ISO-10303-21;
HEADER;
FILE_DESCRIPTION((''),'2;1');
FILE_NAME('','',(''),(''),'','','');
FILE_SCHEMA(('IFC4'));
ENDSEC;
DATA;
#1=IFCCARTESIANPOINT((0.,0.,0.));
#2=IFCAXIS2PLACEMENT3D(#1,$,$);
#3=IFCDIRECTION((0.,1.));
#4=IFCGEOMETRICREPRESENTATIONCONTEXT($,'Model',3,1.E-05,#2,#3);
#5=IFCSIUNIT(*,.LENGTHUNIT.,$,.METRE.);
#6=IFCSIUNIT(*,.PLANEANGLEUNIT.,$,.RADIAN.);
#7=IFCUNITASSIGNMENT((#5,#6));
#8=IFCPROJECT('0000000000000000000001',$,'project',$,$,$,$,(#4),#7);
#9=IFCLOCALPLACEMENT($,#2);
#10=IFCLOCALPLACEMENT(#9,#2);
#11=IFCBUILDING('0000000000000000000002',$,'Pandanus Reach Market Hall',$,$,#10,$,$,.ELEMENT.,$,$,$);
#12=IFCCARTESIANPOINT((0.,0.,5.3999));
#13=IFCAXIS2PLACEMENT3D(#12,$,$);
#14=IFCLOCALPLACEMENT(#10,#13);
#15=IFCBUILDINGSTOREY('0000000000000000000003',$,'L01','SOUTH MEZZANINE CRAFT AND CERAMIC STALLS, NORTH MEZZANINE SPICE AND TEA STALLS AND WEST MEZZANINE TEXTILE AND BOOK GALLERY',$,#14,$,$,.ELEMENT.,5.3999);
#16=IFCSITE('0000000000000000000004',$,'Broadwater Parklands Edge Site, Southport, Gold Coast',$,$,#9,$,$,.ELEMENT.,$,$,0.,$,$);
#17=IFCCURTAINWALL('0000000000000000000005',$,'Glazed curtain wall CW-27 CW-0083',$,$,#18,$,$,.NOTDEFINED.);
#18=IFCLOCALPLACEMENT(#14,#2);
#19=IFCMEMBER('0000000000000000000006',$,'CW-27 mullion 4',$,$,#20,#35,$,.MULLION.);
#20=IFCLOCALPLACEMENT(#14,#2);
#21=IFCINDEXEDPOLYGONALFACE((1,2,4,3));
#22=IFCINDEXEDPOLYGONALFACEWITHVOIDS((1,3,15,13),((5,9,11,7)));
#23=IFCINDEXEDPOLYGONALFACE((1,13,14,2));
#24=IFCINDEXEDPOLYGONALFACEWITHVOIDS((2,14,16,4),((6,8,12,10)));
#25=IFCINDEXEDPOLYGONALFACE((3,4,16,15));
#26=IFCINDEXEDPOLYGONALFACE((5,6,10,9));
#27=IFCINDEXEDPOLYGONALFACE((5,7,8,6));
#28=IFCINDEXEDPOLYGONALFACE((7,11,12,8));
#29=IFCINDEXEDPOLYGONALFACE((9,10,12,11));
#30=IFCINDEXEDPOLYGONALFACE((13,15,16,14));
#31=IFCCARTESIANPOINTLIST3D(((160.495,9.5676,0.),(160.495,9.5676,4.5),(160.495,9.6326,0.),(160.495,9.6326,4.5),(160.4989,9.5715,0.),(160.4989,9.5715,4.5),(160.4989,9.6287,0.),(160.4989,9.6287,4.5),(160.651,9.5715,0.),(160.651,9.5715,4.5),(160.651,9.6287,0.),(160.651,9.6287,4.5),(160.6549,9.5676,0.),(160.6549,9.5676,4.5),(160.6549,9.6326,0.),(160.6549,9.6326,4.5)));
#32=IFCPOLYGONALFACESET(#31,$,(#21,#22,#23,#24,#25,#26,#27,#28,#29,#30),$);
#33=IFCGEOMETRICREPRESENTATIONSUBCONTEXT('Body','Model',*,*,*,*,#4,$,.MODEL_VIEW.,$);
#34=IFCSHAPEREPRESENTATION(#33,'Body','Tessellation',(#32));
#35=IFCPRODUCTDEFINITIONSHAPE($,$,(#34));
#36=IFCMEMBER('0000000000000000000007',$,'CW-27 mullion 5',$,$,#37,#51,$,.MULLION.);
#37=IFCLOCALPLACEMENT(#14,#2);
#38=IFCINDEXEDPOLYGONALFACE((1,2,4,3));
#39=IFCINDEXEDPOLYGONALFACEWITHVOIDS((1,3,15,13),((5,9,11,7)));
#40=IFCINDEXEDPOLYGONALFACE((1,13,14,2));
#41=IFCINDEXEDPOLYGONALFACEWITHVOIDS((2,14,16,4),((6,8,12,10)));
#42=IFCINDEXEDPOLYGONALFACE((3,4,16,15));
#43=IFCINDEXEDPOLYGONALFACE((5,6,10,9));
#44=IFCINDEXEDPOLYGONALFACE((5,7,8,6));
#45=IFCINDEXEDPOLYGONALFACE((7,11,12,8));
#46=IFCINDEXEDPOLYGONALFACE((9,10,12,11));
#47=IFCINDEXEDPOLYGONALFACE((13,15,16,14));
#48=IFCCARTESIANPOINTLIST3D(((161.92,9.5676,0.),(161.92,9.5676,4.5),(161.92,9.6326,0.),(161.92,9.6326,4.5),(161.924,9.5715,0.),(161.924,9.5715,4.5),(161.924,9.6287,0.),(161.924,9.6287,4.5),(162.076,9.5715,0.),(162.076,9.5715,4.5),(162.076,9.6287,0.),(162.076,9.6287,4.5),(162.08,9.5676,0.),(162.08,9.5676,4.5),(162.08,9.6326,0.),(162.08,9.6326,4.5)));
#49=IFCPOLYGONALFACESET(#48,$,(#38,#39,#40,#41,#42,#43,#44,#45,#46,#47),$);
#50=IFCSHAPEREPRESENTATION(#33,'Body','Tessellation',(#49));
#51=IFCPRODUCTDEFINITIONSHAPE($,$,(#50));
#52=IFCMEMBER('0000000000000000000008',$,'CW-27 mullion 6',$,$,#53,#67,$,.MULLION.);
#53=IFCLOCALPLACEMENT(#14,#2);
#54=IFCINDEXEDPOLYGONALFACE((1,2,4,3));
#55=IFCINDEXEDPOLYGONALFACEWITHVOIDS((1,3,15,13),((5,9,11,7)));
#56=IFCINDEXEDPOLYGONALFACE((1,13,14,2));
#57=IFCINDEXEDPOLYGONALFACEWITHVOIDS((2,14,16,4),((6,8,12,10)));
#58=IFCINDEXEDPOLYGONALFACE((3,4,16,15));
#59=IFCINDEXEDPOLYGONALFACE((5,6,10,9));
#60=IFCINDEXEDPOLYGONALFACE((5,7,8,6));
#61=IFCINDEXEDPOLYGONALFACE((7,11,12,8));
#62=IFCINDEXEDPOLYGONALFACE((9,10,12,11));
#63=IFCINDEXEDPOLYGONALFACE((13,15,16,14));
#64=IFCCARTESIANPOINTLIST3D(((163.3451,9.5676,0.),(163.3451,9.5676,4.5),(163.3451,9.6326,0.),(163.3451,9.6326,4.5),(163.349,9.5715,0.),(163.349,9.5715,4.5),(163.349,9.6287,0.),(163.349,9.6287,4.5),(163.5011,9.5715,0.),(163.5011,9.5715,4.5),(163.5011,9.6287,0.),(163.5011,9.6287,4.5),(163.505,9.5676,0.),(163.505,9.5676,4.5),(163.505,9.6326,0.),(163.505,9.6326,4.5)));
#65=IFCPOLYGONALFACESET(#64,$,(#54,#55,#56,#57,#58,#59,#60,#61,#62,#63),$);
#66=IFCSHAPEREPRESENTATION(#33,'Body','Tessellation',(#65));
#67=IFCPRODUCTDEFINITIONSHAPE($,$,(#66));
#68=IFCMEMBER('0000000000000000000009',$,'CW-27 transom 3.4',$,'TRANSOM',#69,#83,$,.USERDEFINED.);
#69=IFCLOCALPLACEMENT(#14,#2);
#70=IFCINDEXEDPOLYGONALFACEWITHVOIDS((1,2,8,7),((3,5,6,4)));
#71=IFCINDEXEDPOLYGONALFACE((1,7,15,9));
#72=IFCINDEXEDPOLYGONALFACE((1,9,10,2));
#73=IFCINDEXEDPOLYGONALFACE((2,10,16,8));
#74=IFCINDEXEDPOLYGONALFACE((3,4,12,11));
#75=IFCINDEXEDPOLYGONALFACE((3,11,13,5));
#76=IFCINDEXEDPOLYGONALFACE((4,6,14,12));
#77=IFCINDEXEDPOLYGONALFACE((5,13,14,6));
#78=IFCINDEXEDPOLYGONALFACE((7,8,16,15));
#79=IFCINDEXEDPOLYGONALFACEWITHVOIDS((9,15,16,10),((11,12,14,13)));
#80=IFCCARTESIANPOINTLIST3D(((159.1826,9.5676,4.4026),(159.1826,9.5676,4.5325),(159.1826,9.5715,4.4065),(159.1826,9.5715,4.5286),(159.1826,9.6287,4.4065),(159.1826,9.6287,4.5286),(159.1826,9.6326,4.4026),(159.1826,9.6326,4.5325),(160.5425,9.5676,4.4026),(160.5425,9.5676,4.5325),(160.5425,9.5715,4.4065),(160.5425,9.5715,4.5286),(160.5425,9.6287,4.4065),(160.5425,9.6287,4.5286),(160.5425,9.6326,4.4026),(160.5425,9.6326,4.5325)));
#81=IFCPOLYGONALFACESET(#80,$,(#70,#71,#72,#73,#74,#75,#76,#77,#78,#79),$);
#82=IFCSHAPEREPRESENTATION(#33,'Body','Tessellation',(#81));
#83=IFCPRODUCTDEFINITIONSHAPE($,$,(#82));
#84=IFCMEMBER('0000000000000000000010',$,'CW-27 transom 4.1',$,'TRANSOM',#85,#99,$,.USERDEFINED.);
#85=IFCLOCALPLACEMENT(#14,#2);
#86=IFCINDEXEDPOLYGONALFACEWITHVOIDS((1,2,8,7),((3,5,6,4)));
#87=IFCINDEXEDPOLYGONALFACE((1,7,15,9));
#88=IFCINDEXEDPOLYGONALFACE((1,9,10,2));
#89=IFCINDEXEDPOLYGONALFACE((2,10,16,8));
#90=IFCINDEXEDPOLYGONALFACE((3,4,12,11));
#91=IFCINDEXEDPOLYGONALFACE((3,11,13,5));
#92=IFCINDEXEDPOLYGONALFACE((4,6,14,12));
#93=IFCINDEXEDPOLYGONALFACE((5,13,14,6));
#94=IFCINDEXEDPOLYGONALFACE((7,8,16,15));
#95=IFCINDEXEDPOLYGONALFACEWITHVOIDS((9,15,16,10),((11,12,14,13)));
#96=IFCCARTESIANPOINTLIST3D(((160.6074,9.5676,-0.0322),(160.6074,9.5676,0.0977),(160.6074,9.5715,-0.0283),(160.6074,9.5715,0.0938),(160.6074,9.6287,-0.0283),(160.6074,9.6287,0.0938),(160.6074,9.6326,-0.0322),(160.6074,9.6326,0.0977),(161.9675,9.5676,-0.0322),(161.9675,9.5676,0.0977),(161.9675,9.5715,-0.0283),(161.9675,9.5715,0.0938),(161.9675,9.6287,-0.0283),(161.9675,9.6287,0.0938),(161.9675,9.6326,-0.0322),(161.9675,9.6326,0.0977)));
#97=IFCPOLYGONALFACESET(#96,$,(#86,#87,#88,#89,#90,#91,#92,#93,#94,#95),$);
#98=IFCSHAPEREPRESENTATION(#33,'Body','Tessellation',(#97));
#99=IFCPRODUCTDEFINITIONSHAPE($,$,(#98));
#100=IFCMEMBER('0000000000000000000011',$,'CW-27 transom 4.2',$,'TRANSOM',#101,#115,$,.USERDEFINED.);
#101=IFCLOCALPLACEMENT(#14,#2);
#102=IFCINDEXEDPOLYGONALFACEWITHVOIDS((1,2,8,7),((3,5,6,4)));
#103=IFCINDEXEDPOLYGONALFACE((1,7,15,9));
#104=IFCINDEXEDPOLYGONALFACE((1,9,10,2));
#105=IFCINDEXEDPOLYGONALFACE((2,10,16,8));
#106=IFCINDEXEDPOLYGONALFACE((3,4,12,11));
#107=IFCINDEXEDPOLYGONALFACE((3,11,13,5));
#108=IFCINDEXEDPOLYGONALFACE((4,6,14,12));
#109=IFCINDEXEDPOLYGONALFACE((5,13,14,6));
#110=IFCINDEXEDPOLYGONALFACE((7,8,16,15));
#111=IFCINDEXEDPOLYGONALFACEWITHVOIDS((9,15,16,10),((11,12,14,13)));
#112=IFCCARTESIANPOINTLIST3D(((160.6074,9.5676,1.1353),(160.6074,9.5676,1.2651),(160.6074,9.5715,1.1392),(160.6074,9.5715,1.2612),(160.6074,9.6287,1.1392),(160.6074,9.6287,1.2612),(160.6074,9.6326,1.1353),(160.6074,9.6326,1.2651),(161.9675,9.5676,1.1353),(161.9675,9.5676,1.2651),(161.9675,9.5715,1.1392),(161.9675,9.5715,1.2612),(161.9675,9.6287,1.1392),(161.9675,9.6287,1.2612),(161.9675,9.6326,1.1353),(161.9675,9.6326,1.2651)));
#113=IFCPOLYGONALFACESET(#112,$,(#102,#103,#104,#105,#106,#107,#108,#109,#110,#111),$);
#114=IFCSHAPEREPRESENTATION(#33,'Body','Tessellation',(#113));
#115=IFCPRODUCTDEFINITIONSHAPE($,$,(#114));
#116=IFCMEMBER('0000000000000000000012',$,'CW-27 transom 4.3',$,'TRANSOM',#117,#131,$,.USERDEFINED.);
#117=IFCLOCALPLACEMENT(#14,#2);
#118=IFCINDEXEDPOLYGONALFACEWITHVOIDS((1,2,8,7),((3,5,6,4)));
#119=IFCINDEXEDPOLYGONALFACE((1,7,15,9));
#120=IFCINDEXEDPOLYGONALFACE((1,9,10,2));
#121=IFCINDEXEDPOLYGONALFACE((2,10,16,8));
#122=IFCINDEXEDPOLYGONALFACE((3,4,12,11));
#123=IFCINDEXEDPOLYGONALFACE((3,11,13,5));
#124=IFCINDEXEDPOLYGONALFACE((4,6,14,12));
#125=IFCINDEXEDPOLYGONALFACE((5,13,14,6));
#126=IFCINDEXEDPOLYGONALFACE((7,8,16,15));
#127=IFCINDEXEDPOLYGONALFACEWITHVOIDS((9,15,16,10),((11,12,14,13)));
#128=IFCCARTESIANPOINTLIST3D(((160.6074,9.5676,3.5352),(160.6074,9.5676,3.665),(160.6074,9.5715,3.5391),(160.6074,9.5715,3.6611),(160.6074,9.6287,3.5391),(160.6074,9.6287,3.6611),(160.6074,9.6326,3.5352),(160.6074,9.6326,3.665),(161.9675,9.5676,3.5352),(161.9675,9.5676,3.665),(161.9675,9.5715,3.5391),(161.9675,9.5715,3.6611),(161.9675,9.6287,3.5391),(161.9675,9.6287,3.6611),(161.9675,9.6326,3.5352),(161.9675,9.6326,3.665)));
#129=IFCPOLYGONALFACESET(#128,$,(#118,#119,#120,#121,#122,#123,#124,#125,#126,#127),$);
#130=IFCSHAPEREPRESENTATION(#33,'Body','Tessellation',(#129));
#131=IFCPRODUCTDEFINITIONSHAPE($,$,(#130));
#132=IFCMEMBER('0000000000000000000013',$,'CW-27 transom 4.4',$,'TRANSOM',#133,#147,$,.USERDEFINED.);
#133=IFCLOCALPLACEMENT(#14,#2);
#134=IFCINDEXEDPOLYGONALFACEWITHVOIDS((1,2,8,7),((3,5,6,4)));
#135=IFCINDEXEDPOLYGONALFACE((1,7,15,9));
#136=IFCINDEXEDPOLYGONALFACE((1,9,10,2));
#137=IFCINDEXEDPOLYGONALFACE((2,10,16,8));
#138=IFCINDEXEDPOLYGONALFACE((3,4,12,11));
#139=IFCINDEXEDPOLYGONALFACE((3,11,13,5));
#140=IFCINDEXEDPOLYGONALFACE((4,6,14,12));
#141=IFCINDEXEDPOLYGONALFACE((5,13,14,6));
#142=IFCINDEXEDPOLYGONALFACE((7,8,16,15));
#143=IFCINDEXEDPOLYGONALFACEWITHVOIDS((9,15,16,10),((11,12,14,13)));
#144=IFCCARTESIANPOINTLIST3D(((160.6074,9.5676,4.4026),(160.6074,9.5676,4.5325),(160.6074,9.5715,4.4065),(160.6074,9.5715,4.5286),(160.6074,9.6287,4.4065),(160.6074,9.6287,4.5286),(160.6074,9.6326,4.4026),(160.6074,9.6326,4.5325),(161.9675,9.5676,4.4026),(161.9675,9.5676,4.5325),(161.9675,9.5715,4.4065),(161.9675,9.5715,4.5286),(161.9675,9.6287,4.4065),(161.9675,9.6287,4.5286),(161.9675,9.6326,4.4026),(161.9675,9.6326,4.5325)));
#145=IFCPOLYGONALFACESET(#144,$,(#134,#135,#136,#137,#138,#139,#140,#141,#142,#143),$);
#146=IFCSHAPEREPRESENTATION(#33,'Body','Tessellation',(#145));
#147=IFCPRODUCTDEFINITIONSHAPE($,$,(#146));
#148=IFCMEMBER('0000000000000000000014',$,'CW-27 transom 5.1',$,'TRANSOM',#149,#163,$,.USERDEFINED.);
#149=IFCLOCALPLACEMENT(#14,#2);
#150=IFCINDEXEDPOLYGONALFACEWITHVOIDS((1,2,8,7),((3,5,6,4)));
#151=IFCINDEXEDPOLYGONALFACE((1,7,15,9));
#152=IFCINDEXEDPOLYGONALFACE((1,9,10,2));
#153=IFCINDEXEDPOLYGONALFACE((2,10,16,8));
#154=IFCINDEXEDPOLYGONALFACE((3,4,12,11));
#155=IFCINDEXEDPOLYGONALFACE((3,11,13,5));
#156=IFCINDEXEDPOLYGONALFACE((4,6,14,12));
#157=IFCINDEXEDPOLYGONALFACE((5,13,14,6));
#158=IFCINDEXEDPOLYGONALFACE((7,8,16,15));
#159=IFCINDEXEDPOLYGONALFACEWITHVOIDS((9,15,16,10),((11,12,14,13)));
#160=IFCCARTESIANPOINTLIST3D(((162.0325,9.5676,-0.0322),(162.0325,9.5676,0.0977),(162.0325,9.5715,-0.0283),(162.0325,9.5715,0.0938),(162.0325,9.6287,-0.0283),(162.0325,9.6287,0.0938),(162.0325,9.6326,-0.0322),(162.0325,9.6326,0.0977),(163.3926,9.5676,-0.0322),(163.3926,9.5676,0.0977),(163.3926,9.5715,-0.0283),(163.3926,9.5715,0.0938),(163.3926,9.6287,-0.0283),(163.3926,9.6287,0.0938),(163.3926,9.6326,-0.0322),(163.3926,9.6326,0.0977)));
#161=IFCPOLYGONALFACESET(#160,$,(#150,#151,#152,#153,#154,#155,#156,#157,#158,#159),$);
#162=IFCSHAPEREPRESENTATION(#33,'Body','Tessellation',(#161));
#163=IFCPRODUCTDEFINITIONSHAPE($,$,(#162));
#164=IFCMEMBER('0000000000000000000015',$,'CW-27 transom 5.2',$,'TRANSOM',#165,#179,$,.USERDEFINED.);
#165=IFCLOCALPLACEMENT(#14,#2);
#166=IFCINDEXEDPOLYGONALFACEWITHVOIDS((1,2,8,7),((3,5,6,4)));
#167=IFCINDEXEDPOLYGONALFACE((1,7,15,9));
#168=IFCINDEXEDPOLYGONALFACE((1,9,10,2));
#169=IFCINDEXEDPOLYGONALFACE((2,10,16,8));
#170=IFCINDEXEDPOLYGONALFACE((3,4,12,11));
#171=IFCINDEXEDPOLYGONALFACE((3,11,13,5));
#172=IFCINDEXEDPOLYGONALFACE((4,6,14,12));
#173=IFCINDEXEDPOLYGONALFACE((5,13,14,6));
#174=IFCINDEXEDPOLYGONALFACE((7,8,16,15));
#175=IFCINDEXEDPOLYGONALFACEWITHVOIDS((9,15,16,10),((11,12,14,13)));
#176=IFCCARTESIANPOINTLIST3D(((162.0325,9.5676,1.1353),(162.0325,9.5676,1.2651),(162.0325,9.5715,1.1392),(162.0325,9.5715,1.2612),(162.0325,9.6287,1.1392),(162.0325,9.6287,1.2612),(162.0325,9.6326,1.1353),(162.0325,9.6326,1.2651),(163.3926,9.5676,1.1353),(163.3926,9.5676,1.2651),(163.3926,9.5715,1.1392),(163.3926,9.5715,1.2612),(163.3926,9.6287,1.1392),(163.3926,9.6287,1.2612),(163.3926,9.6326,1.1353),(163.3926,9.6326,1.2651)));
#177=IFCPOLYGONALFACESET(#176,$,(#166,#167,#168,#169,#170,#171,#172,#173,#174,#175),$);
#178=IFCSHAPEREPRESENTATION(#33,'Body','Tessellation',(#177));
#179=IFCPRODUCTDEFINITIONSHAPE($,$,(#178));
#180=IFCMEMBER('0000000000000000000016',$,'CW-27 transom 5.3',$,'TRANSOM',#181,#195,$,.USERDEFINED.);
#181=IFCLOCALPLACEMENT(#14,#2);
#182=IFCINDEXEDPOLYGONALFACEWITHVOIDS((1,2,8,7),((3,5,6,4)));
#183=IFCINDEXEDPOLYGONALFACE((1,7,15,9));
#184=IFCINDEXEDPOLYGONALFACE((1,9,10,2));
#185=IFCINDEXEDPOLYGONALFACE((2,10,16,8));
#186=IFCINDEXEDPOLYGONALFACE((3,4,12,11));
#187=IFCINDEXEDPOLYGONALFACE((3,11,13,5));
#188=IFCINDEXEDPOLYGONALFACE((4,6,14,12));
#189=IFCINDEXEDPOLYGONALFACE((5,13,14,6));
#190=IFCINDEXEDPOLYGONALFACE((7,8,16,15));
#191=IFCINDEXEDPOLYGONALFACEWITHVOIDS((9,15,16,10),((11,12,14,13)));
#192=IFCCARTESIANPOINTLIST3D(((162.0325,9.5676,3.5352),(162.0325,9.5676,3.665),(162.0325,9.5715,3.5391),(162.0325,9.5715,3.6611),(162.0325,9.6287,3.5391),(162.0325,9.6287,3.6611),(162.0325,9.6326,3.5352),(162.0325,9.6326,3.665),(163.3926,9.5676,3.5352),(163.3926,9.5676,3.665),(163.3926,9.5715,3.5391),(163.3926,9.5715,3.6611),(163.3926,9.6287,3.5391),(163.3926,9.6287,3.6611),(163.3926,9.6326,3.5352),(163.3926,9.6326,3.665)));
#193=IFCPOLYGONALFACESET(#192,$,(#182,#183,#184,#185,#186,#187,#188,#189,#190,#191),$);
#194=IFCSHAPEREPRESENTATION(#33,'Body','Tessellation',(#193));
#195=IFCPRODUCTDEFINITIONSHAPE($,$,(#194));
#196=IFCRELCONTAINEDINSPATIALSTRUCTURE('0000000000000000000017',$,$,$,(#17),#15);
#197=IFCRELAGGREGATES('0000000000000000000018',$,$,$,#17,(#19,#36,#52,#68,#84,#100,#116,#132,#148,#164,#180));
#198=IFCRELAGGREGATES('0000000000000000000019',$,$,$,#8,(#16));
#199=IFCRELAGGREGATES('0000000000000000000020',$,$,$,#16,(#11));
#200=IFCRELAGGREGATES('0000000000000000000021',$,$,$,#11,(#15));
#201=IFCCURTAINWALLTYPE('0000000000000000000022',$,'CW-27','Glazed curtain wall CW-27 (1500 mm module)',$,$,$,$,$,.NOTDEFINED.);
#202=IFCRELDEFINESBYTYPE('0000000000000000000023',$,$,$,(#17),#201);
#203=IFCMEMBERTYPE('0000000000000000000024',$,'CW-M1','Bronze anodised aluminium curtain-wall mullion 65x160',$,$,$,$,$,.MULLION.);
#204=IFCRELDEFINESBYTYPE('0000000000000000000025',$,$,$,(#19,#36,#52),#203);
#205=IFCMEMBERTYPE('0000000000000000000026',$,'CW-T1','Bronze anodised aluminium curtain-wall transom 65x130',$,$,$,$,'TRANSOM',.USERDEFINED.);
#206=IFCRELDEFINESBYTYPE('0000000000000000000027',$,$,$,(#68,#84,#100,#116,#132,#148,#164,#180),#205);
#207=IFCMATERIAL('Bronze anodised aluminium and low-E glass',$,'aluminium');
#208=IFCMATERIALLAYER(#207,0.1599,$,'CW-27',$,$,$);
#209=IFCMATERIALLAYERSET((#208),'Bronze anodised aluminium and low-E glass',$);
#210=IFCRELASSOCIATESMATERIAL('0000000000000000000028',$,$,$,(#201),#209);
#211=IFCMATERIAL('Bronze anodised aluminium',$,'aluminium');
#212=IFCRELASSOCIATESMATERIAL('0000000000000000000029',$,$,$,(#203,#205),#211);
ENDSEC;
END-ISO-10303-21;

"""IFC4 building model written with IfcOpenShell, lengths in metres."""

from ifc_helpers import new_model, si_unit, direction, frame, origin, origin_2d, place, context, subcontext, project, spatial, hollow_rectangle, extrude, material, layer, layer_set, material_profile, profile_set, type_object, element, aggregate, save


model = new_model("IFC4")

# Units and contexts
model_context = context("Model", 3, precision=1e-05, world=origin(), true_north=direction((0.0, 1.0)))
body_context = subcontext(model_context, "Body", "Model", "MODEL_VIEW")
ifc_project = project(units=[si_unit("LENGTHUNIT", "METRE"), si_unit("PLANEANGLEUNIT", "RADIAN")], contexts=[model_context])

# Site, building, storey
site_placement = place(None, origin())
site = spatial("IfcSite", under=ifc_project, at=site_placement, Name="Broadwater Parklands Edge Site, Southport, Gold Coast", CompositionType="ELEMENT", RefElevation=0.0)
building_placement = place(site_placement, origin())
building = spatial("IfcBuilding", under=site, at=building_placement, Name="Pandanus Reach Market Hall", CompositionType="ELEMENT")
storey_placement = place(building_placement, frame((0.0, 0.0, 5.3999)))
storey = spatial("IfcBuildingStorey", under=building, at=storey_placement, Name="L01", Description="SOUTH MEZZANINE CRAFT AND CERAMIC STALLS, NORTH MEZZANINE SPICE AND TEA STALLS AND WEST MEZZANINE TEXTILE AND BOOK GALLERY", CompositionType="ELEMENT", Elevation=5.3999)

# Curtain wall, members
ifc_material_1 = material(Name="Bronze anodised aluminium and low-E glass", Category="aluminium")
ifc_layer_1 = layer(ifc_material_1, 0.1599, Name="CW-27")
ifc_layer_set_1 = layer_set([ifc_layer_1], Name="Bronze anodised aluminium and low-E glass")
curtain_wall_type = type_object("IfcCurtainWallType", Name="CW-27", Description="Glazed curtain wall CW-27 (1500 mm module)", PredefinedType="NOTDEFINED", material=ifc_layer_set_1)
curtain_wall_placement = place(storey_placement, origin())
curtain_wall = element("IfcCurtainWall", 1, at=curtain_wall_placement, inside=storey, type_object=curtain_wall_type, Name="Glazed curtain wall CW-27 CW-0083", PredefinedType="NOTDEFINED")
ifc_material_2 = material(Name="Bronze anodised aluminium", Category="aluminium")
ifc_material_profile_1 = material_profile(ifc_material_2, hollow_rectangle(XDim=0.0649, YDim=0.1599, WallThickness=0.0039, at=origin_2d()), Name="ALU65x160", Category="LoadBearing")
ifc_profile_set_1 = profile_set([ifc_material_profile_1], Name="Bronze anodised aluminium")
member_type_1 = type_object("IfcMemberType", Name="CW-M1", Description="Bronze anodised aluminium curtain-wall mullion 65x160", PredefinedType="MULLION", material=ifc_profile_set_1)
member_1_placement = place(storey_placement, frame((160.575, 9.6001, 0.0), z_axis=(0.0, 0.0, 1.0), x_axis=(0.0, 1.0, 0.0)))
member_1 = element("IfcMember", 2, at=member_1_placement, type_object=member_type_1, Name="CW-27 mullion 4", PredefinedType="MULLION", context=body_context, shape_type="SweptSolid", body=[
    extrude(hollow_rectangle(XDim=0.0649, YDim=0.1599, WallThickness=0.0039, at=origin_2d()), origin(), (0.0, 0.0, 1.0), 4.5),
])
member_2_placement = place(storey_placement, frame((162.0, 9.6001, 0.0), z_axis=(0.0, 0.0, 1.0), x_axis=(0.0, 1.0, 0.0)))
member_2 = element("IfcMember", 3, at=member_2_placement, type_object=member_type_1, Name="CW-27 mullion 5", PredefinedType="MULLION", context=body_context, shape_type="SweptSolid", body=[
    extrude(hollow_rectangle(XDim=0.0649, YDim=0.1599, WallThickness=0.0039, at=origin_2d()), origin(), (0.0, 0.0, 1.0), 4.5),
])
member_3_placement = place(storey_placement, frame((163.425, 9.6001, 0.0), z_axis=(0.0, 0.0, 1.0), x_axis=(0.0, 1.0, 0.0)))
member_3 = element("IfcMember", 4, at=member_3_placement, type_object=member_type_1, Name="CW-27 mullion 6", PredefinedType="MULLION", context=body_context, shape_type="SweptSolid", body=[
    extrude(hollow_rectangle(XDim=0.0649, YDim=0.1599, WallThickness=0.0039, at=origin_2d()), origin(), (0.0, 0.0, 1.0), 4.5),
])
ifc_material_profile_2 = material_profile(ifc_material_2, hollow_rectangle(XDim=0.0649, YDim=0.1299, WallThickness=0.0039, at=origin_2d()), Name="ALU65x130", Category="LoadBearing")
ifc_profile_set_2 = profile_set([ifc_material_profile_2], Name="Bronze anodised aluminium")
member_type_2 = type_object("IfcMemberType", Name="CW-T1", Description="Bronze anodised aluminium curtain-wall transom 65x130", ElementType="TRANSOM", PredefinedType="USERDEFINED", material=ifc_profile_set_2)
member_4_placement = place(storey_placement, frame((159.1826, 9.6001, 4.4675), z_axis=(1.0, 0.0, 0.0), x_axis=(0.0, 1.0, 0.0)))
member_4 = element("IfcMember", 5, at=member_4_placement, type_object=member_type_2, Name="CW-27 transom 3.4", ObjectType="TRANSOM", PredefinedType="USERDEFINED", context=body_context, shape_type="SweptSolid", body=[
    extrude(hollow_rectangle(XDim=0.0649, YDim=0.1299, WallThickness=0.0039, at=origin_2d()), origin(), (0.0, 0.0, 1.0), 1.3599),
])
member_5_placement = place(storey_placement, frame((160.6074, 9.6001, 0.0327), z_axis=(1.0, 0.0, 0.0), x_axis=(0.0, 1.0, 0.0)))
member_5 = element("IfcMember", 6, at=member_5_placement, type_object=member_type_2, Name="CW-27 transom 4.1", ObjectType="TRANSOM", PredefinedType="USERDEFINED", context=body_context, shape_type="SweptSolid", body=[
    extrude(hollow_rectangle(XDim=0.0649, YDim=0.1299, WallThickness=0.0039, at=origin_2d()), origin(), (0.0, 0.0, 1.0), 1.3601),
])
member_6_placement = place(storey_placement, frame((160.6074, 9.6001, 1.2002), z_axis=(1.0, 0.0, 0.0), x_axis=(0.0, 1.0, 0.0)))
member_6 = element("IfcMember", 7, at=member_6_placement, type_object=member_type_2, Name="CW-27 transom 4.2", ObjectType="TRANSOM", PredefinedType="USERDEFINED", context=body_context, shape_type="SweptSolid", body=[
    extrude(hollow_rectangle(XDim=0.0649, YDim=0.1299, WallThickness=0.0039, at=origin_2d()), origin(), (0.0, 0.0, 1.0), 1.3601),
])
member_7_placement = place(storey_placement, frame((160.6074, 9.6001, 3.6001), z_axis=(1.0, 0.0, 0.0), x_axis=(0.0, 1.0, 0.0)))
member_7 = element("IfcMember", 8, at=member_7_placement, type_object=member_type_2, Name="CW-27 transom 4.3", ObjectType="TRANSOM", PredefinedType="USERDEFINED", context=body_context, shape_type="SweptSolid", body=[
    extrude(hollow_rectangle(XDim=0.0649, YDim=0.1299, WallThickness=0.0039, at=origin_2d()), origin(), (0.0, 0.0, 1.0), 1.3601),
])
member_8_placement = place(storey_placement, frame((160.6074, 9.6001, 4.4675), z_axis=(1.0, 0.0, 0.0), x_axis=(0.0, 1.0, 0.0)))
member_8 = element("IfcMember", 9, at=member_8_placement, type_object=member_type_2, Name="CW-27 transom 4.4", ObjectType="TRANSOM", PredefinedType="USERDEFINED", context=body_context, shape_type="SweptSolid", body=[
    extrude(hollow_rectangle(XDim=0.0649, YDim=0.1299, WallThickness=0.0039, at=origin_2d()), origin(), (0.0, 0.0, 1.0), 1.3601),
])
member_9_placement = place(storey_placement, frame((162.0325, 9.6001, 0.0327), z_axis=(1.0, 0.0, 0.0), x_axis=(0.0, 1.0, 0.0)))
member_9 = element("IfcMember", 10, at=member_9_placement, type_object=member_type_2, Name="CW-27 transom 5.1", ObjectType="TRANSOM", PredefinedType="USERDEFINED", context=body_context, shape_type="SweptSolid", body=[
    extrude(hollow_rectangle(XDim=0.0649, YDim=0.1299, WallThickness=0.0039, at=origin_2d()), origin(), (0.0, 0.0, 1.0), 1.3601),
])
member_10_placement = place(storey_placement, frame((162.0325, 9.6001, 1.2002), z_axis=(1.0, 0.0, 0.0), x_axis=(0.0, 1.0, 0.0)))
member_10 = element("IfcMember", 11, at=member_10_placement, type_object=member_type_2, Name="CW-27 transom 5.2", ObjectType="TRANSOM", PredefinedType="USERDEFINED", context=body_context, shape_type="SweptSolid", body=[
    extrude(hollow_rectangle(XDim=0.0649, YDim=0.1299, WallThickness=0.0039, at=origin_2d()), origin(), (0.0, 0.0, 1.0), 1.3601),
])
member_11_placement = place(storey_placement, frame((162.0325, 9.6001, 3.6001), z_axis=(1.0, 0.0, 0.0), x_axis=(0.0, 1.0, 0.0)))
member_11 = element("IfcMember", 12, at=member_11_placement, type_object=member_type_2, Name="CW-27 transom 5.3", ObjectType="TRANSOM", PredefinedType="USERDEFINED", context=body_context, shape_type="SweptSolid", body=[
    extrude(hollow_rectangle(XDim=0.0649, YDim=0.1299, WallThickness=0.0039, at=origin_2d()), origin(), (0.0, 0.0, 1.0), 1.3601),
])
aggregate(curtain_wall, [member_1, member_2, member_3, member_4, member_5, member_6, member_7, member_8, member_9, member_10, member_11])

save(model, "model.ifc")
